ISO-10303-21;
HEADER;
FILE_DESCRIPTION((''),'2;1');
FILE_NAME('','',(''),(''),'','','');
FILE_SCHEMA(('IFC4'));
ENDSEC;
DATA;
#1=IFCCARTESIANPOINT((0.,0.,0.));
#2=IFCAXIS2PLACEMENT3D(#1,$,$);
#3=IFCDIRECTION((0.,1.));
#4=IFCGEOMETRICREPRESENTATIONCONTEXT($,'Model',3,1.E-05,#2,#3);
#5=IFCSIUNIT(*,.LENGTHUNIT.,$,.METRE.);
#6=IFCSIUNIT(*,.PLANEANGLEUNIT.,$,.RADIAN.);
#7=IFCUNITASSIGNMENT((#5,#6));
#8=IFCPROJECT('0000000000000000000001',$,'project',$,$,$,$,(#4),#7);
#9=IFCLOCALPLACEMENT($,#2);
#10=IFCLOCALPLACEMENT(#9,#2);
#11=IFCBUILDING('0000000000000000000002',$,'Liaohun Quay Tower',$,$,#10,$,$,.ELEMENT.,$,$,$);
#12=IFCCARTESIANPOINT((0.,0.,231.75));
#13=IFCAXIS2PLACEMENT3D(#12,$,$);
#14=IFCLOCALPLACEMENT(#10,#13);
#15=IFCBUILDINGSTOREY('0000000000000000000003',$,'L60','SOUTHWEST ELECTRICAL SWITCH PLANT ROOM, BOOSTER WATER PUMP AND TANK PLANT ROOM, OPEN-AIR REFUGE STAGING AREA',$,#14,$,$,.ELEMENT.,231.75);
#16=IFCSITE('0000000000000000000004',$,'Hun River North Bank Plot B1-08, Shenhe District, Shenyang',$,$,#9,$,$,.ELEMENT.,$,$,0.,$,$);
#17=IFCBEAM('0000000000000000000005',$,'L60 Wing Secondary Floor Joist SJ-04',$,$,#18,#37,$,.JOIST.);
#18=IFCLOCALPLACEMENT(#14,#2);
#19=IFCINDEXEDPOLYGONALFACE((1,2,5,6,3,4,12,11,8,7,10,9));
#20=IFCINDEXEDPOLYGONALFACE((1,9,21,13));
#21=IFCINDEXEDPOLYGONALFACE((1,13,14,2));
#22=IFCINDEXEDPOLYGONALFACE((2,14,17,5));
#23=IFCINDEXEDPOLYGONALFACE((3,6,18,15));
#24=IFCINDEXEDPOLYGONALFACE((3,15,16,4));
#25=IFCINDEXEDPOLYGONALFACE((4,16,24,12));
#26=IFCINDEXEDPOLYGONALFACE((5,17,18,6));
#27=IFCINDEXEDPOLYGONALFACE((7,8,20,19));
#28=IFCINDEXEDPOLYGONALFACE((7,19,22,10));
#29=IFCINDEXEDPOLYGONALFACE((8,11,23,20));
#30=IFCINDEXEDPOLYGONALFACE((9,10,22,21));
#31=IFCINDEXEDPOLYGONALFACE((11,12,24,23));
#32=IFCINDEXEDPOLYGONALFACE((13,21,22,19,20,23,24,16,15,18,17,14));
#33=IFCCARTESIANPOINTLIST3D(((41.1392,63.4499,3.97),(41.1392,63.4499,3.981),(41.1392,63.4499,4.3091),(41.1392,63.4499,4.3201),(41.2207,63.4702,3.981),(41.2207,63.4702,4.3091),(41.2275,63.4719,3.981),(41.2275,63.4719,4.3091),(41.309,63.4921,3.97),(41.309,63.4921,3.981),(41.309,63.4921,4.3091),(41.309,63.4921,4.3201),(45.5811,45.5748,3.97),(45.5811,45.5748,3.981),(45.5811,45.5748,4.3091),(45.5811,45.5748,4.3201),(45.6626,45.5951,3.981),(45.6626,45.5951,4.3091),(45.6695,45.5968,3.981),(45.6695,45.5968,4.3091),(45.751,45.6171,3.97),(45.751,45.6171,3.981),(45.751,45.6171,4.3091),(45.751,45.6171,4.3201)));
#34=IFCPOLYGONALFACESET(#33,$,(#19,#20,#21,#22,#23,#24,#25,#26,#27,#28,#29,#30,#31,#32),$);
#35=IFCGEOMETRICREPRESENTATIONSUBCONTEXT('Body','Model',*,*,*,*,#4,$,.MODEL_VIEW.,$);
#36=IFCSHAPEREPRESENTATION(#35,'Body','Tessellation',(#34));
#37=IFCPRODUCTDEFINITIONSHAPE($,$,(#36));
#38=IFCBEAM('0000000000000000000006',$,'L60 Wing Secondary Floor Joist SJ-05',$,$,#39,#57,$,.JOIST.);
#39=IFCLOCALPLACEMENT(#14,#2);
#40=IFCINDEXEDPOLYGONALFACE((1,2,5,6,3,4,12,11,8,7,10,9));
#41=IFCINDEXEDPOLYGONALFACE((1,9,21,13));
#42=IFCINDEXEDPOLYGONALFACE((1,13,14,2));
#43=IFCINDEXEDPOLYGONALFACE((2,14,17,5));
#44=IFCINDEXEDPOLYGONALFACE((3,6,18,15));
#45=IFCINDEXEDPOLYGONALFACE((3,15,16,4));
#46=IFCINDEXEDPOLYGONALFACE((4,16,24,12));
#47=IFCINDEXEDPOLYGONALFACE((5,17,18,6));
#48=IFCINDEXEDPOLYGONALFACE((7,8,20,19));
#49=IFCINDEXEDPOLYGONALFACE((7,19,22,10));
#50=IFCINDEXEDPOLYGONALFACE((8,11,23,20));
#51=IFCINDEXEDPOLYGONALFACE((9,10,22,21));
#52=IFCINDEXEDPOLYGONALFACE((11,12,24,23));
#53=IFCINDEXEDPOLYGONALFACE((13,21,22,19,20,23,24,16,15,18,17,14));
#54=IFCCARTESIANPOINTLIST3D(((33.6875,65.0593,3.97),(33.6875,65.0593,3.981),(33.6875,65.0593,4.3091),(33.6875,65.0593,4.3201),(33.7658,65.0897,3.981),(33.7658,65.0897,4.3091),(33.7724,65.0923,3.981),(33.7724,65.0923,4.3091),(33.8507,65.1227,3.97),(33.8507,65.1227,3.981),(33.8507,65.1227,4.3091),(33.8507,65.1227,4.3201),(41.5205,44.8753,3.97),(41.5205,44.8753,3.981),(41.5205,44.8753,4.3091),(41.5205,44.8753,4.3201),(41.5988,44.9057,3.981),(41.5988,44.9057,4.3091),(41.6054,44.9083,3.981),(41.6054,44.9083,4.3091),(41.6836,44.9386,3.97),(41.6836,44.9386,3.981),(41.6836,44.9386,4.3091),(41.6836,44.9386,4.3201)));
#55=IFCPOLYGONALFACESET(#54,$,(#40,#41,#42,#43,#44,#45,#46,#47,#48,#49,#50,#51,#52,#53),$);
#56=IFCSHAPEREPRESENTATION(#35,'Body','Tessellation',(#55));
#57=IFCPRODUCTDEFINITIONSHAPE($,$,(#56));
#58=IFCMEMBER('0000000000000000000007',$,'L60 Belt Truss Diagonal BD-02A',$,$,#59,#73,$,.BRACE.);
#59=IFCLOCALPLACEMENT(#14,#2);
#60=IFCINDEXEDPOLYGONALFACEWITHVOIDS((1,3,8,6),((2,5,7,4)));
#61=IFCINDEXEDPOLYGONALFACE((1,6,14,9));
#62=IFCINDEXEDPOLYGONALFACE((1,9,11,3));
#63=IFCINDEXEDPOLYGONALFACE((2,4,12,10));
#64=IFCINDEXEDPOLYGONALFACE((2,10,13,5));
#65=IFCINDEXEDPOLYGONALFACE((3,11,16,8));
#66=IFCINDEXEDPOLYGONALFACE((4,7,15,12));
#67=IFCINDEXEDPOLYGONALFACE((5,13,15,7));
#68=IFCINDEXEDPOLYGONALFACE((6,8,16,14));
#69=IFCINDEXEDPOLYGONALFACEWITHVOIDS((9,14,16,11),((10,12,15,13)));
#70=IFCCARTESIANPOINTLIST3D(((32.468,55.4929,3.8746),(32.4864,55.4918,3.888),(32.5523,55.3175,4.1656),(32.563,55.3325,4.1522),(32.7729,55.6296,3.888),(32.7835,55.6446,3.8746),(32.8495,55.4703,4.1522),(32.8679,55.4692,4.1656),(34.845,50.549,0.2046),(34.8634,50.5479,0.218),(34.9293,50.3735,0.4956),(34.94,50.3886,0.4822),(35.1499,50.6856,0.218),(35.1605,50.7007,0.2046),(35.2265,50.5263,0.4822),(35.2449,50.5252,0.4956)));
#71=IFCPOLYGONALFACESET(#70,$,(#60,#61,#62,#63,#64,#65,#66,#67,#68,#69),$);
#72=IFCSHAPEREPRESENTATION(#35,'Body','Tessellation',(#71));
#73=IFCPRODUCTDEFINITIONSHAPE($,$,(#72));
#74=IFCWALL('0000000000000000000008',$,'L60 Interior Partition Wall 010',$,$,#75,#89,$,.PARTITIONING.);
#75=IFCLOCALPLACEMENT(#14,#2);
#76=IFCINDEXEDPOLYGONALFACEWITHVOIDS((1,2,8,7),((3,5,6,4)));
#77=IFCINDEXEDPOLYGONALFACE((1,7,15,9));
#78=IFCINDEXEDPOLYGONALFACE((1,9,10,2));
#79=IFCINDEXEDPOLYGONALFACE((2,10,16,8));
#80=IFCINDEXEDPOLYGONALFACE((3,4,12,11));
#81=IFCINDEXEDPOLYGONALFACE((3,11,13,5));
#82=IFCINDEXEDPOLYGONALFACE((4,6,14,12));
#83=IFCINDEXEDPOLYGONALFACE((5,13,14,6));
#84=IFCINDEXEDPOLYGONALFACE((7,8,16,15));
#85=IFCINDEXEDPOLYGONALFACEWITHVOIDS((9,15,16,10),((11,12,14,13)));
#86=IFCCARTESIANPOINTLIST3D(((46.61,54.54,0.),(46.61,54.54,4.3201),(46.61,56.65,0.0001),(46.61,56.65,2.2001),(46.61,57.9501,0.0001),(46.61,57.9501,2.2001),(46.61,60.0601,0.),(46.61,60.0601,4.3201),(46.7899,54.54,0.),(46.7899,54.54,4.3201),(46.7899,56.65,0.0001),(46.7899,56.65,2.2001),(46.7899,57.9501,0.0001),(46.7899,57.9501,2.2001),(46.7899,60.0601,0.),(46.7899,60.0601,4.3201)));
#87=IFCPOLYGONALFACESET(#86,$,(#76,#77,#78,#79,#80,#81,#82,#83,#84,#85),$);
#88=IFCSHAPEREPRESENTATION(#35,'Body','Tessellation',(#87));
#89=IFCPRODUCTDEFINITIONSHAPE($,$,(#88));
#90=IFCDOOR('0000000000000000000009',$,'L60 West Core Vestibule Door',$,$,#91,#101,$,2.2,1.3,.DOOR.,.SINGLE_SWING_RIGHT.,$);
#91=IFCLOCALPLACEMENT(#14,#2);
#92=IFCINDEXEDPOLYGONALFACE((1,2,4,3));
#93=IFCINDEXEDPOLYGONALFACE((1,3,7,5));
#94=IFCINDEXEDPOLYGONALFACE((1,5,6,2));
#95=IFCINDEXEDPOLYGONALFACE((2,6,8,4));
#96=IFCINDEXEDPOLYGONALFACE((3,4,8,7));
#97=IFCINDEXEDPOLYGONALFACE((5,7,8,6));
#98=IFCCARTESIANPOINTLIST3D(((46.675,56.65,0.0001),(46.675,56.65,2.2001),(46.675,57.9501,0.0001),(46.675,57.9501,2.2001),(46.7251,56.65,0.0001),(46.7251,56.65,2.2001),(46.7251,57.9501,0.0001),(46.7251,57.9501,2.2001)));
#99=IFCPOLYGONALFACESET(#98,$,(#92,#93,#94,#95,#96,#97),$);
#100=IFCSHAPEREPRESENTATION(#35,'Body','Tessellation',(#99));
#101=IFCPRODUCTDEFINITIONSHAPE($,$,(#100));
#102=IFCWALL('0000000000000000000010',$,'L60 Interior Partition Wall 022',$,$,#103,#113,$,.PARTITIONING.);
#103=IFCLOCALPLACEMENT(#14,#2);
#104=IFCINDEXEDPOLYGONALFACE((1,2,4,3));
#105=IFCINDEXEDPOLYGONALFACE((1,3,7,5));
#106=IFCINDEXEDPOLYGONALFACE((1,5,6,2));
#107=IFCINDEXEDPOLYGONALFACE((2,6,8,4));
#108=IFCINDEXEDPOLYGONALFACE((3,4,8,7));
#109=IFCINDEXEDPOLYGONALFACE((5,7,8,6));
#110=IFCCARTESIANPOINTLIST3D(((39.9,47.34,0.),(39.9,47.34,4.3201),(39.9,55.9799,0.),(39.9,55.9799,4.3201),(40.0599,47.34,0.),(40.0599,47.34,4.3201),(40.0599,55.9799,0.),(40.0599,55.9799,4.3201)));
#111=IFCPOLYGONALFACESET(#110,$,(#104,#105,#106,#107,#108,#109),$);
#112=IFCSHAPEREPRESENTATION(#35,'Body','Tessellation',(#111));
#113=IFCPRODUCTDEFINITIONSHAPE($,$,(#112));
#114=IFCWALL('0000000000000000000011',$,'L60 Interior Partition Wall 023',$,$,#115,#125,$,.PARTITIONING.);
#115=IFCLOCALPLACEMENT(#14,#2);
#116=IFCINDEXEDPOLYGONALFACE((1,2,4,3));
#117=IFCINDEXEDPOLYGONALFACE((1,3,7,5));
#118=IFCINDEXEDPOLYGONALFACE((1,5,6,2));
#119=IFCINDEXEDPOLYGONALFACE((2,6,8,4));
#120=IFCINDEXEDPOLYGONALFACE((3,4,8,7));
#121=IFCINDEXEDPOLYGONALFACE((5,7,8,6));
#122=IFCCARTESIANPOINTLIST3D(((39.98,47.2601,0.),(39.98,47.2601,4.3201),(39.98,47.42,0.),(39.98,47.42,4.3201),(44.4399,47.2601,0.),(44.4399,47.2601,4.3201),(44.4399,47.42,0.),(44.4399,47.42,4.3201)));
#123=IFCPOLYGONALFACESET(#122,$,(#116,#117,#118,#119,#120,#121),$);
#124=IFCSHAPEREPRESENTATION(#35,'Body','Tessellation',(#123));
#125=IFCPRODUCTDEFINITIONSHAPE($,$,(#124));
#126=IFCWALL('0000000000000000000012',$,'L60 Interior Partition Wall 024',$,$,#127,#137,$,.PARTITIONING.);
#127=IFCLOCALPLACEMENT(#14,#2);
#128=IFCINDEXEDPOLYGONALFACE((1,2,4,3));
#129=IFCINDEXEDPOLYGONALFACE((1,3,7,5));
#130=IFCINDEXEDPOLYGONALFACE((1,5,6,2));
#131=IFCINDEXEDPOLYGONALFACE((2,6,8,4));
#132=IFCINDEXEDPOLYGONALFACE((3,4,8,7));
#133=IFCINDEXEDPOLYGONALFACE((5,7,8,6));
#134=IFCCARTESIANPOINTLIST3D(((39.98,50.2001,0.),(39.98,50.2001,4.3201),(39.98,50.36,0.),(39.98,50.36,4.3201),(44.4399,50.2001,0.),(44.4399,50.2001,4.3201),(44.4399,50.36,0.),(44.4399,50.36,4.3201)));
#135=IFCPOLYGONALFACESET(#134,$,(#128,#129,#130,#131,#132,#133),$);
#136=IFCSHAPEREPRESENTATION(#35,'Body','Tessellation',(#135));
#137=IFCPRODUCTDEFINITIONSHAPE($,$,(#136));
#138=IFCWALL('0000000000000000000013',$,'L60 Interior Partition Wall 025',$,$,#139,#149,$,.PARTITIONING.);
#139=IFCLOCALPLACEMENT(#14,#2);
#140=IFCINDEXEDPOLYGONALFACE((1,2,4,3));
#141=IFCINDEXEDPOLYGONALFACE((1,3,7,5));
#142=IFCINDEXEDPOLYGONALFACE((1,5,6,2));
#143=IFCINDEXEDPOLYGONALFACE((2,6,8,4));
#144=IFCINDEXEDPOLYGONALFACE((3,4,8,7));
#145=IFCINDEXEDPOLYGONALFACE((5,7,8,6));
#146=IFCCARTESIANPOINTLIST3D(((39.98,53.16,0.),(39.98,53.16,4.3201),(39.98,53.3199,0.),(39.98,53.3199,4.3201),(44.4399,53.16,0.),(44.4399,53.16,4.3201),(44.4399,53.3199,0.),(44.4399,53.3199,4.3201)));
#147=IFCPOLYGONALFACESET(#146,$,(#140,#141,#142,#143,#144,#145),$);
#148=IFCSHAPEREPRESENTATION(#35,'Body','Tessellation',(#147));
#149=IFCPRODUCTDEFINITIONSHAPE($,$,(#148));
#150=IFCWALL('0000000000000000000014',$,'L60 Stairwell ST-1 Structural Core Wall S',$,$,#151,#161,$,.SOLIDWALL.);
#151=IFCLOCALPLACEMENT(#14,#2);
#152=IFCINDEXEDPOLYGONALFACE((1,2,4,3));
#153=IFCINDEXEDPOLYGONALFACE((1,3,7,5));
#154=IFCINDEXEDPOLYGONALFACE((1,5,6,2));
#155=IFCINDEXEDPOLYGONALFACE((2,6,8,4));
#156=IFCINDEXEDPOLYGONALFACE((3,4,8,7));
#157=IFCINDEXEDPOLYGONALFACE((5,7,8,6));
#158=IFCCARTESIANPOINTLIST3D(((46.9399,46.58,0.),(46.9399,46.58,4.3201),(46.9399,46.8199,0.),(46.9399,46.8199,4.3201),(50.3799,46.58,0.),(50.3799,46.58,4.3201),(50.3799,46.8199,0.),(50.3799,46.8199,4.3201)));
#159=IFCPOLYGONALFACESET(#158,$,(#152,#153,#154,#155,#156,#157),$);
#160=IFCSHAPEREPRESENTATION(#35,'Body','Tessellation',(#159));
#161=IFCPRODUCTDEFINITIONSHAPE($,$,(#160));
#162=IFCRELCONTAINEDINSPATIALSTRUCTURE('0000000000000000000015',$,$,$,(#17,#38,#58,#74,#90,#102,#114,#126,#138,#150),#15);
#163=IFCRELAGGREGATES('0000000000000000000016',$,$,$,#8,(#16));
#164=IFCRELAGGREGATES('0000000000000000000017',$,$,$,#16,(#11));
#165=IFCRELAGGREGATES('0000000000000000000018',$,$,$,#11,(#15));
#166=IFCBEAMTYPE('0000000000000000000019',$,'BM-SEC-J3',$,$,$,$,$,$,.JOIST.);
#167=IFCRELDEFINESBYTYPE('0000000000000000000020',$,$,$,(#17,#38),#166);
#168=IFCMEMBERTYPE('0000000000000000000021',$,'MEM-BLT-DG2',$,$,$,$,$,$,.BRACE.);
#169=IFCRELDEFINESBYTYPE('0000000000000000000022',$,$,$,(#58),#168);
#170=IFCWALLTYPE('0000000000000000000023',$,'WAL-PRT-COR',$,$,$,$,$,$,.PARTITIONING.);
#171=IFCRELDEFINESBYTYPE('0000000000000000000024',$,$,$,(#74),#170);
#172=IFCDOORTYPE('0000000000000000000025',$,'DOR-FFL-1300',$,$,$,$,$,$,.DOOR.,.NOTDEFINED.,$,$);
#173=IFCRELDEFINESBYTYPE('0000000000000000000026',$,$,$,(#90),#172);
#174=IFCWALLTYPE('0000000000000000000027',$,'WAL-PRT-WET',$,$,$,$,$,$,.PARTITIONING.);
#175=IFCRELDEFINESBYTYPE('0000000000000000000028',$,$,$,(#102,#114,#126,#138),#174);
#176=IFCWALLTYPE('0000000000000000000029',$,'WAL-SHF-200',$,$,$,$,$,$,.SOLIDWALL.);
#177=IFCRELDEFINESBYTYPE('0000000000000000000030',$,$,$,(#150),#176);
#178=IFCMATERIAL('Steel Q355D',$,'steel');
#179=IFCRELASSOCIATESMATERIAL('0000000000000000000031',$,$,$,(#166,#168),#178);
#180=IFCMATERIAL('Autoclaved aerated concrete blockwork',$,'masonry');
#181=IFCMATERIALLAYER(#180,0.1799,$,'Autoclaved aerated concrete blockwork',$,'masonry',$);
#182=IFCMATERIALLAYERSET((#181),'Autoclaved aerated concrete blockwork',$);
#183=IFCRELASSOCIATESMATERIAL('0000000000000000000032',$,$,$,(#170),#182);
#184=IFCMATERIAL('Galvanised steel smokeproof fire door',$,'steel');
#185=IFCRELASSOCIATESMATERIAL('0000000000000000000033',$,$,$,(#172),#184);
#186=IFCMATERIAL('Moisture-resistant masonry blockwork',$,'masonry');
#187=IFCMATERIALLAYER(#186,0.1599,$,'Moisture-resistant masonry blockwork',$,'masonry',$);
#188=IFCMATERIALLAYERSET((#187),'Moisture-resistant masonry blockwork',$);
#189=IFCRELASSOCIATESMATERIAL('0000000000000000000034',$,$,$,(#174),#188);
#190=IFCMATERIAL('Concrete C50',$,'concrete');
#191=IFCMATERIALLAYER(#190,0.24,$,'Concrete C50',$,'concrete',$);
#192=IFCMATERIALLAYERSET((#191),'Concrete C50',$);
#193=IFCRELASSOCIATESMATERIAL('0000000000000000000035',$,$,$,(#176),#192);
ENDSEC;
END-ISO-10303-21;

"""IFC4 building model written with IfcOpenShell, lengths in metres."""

from ifc_helpers import new_model, si_unit, direction, frame, frame_2d, origin, origin_2d, place, context, subcontext, project, spatial, rectangle, hollow_rectangle, i_section, extrude, source, transform, mapped, material, layer, layer_set, material_profile, profile_set, type_object, element, fill, save


model = new_model("IFC4")

# Units and contexts
model_context = context("Model", 3, precision=1e-05, world=origin(), true_north=direction((0.0, 1.0)))
body_context = subcontext(model_context, "Body", "Model", "MODEL_VIEW")
ifc_project = project(units=[si_unit("LENGTHUNIT", "METRE"), si_unit("PLANEANGLEUNIT", "RADIAN")], contexts=[model_context])

# Site, building, storey
site_placement = place(None, origin())
site = spatial("IfcSite", under=ifc_project, at=site_placement, Name="Hun River North Bank Plot B1-08, Shenhe District, Shenyang", CompositionType="ELEMENT", RefElevation=0.0)
building_placement = place(site_placement, origin())
building = spatial("IfcBuilding", under=site, at=building_placement, Name="Liaohun Quay Tower", CompositionType="ELEMENT")
storey_placement = place(building_placement, frame((0.0, 0.0, 231.75)))
storey = spatial("IfcBuildingStorey", under=building, at=storey_placement, Name="L60", Description="SOUTHWEST ELECTRICAL SWITCH PLANT ROOM, BOOSTER WATER PUMP AND TANK PLANT ROOM, OPEN-AIR REFUGE STAGING AREA", CompositionType="ELEMENT", Elevation=231.75)

# Beams
ifc_material_1 = material(Name="Steel Q355D", Category="steel")
ifc_material_profile_1 = material_profile(ifc_material_1, i_section(OverallWidth=0.175, OverallDepth=0.3501, WebThickness=0.0071, FlangeThickness=0.011, at=origin_2d()), Name="HN350x175x7x11")
ifc_profile_set_1 = profile_set([ifc_material_profile_1], Name="Steel Q355D")
beam_type = type_object("IfcBeamType", Name="BM-SEC-J3", PredefinedType="JOIST", material=ifc_profile_set_1)
shared_shape_1 = source(origin(), body_context, "Body", "SweptSolid", [
    extrude(i_section(OverallWidth=0.175, OverallDepth=0.3501, WebThickness=0.0071, FlangeThickness=0.011, at=origin_2d()), origin(), (0.0, 0.0, 1.0), 18.4187),
])
beam_1_placement = place(storey_placement, frame((45.666, 45.5959, 4.145), z_axis=(-0.241163, 0.970485, 0.0), x_axis=(-0.970485, -0.241163, 0.0)))
element("IfcBeam", 1, at=beam_1_placement, inside=storey, type_object=beam_type, Name="L60 Wing Secondary Floor Joist SJ-04", PredefinedType="JOIST", context=body_context, shape_type="MappedRepresentation", body=[
    mapped(shared_shape_1, transform((0.0, 0.0, 0.0), x_axis=(1.0, 0.0, 0.0), y_axis=(0.0, 1.0, 0.0), z_axis=(0.0, 0.0, 1.0), scale=1.0)),
])
shared_shape_2 = source(origin(), body_context, "Body", "SweptSolid", [
    extrude(i_section(OverallWidth=0.175, OverallDepth=0.3501, WebThickness=0.0071, FlangeThickness=0.011, at=origin_2d()), origin(), (0.0, 0.0, 1.0), 21.6506),
])
beam_2_placement = place(storey_placement, frame((41.6021, 44.907, 4.145), z_axis=(-0.36179, 0.93226, 0.0), x_axis=(-0.93226, -0.36179, 0.0)))
element("IfcBeam", 2, at=beam_2_placement, inside=storey, type_object=beam_type, Name="L60 Wing Secondary Floor Joist SJ-05", PredefinedType="JOIST", context=body_context, shape_type="MappedRepresentation", body=[
    mapped(shared_shape_2, transform((0.0, 0.0, 0.0), x_axis=(1.0, 0.0, 0.0), y_axis=(0.0, 1.0, 0.0), z_axis=(0.0, 0.0, 1.0), scale=1.0)),
])

# Member
ifc_material_profile_2 = material_profile(ifc_material_1, hollow_rectangle(XDim=0.3501, YDim=0.3501, WallThickness=0.0161, at=origin_2d()), Name="SHS350x350x16")
ifc_profile_set_2 = profile_set([ifc_material_profile_2], Name="Steel Q355D")
member_type = type_object("IfcMemberType", Name="MEM-BLT-DG2", PredefinedType="BRACE", material=ifc_profile_set_2)
shared_shape_3 = source(origin(), body_context, "Body", "SweptSolid", [
    extrude(hollow_rectangle(XDim=0.3501, YDim=0.3501, WallThickness=0.0161, at=origin_2d()), origin(), (0.0, 0.0, 1.0), 6.6001),
])
member_placement = place(storey_placement, frame((35.0449, 50.5371, 0.3501), z_axis=(-0.360145, 0.749069, 0.55605), x_axis=(-0.901245, -0.43331, 0.0)))
element("IfcMember", 3, at=member_placement, inside=storey, type_object=member_type, Name="L60 Belt Truss Diagonal BD-02A", PredefinedType="BRACE", context=body_context, shape_type="MappedRepresentation", body=[
    mapped(shared_shape_3, transform((0.0, 0.0, 0.0), x_axis=(1.0, 0.0, 0.0), y_axis=(0.0, 1.0, 0.0), z_axis=(0.0, 0.0, 1.0), scale=1.0)),
])

# Wall, opening, door
ifc_material_2 = material(Name="Autoclaved aerated concrete blockwork", Category="masonry")
ifc_layer_1 = layer(ifc_material_2, 0.1799, Name="Autoclaved aerated concrete blockwork", Category="masonry")
ifc_layer_set_1 = layer_set([ifc_layer_1], Name="Autoclaved aerated concrete blockwork")
wall_type_1 = type_object("IfcWallType", Name="WAL-PRT-COR", PredefinedType="PARTITIONING", material=ifc_layer_set_1)
wall_1_placement = place(storey_placement, frame((46.7, 54.54, 0.0), z_axis=(0.0, 0.0, 1.0), x_axis=(0.0, 1.0, 0.0)))
wall_1 = element("IfcWall", 4, at=wall_1_placement, inside=storey, type_object=wall_type_1, Name="L60 Interior Partition Wall 010", PredefinedType="PARTITIONING", context=body_context, shape_type="SweptSolid", body=[
    extrude(rectangle(XDim=5.52, YDim=0.1799, at=frame_2d((2.76, 0.0))), origin(), (0.0, 0.0, 1.0), 4.3201),
])
shared_shape_4 = source(origin(), body_context, "Body", "SweptSolid", [
    extrude(rectangle(XDim=1.3, YDim=2.2, at=frame_2d((0.6499, 1.1001))), frame((0.0, 0.0999, 0.0), z_axis=(0.0, -1.0, 0.0), x_axis=(1.0, 0.0, 0.0)), (0.0, 0.0, 1.0), 0.2),
])
opening_1_placement = place(wall_1_placement, frame((2.1101, 0.0, 0.0)))
opening_1 = element("IfcOpeningElement", 5, at=opening_1_placement, cuts=wall_1, PredefinedType="OPENING", context=body_context, shape_type="MappedRepresentation", body=[
    mapped(shared_shape_4, transform((0.0, 0.0, 0.0), x_axis=(1.0, 0.0, 0.0), y_axis=(0.0, 1.0, 0.0), z_axis=(0.0, 0.0, 1.0), scale=1.0)),
])
ifc_material_3 = material(Name="Galvanised steel smokeproof fire door", Category="steel")
door_type_1 = type_object("IfcDoorType", Name="DOR-FFL-1300", OperationType="NOTDEFINED", PredefinedType="DOOR", material=ifc_material_3)
shared_shape_5 = source(origin(), body_context, "Body", "SweptSolid", [
    extrude(rectangle(XDim=1.3, YDim=2.2, at=frame_2d((0.6499, 1.1001))), frame((0.0, 0.0249, 0.0), z_axis=(0.0, -1.0, 0.0), x_axis=(1.0, 0.0, 0.0)), (0.0, 0.0, 1.0), 0.05),
])
door_1_placement = place(opening_1_placement, origin())
door_1 = element("IfcDoor", 6, at=door_1_placement, inside=storey, type_object=door_type_1, Name="L60 West Core Vestibule Door", OperationType="SINGLE_SWING_RIGHT", OverallHeight=2.2, OverallWidth=1.3, PredefinedType="DOOR", context=body_context, shape_type="MappedRepresentation", body=[
    mapped(shared_shape_5, transform((0.0, 0.0, 0.0), x_axis=(1.0, 0.0, 0.0), y_axis=(0.0, 1.0, 0.0), z_axis=(0.0, 0.0, 1.0), scale=1.0)),
])
fill(opening_1, door_1)
ifc_material_4 = material(Name="Moisture-resistant masonry blockwork", Category="masonry")
ifc_layer_2 = layer(ifc_material_4, 0.1599, Name="Moisture-resistant masonry blockwork", Category="masonry")
ifc_layer_set_2 = layer_set([ifc_layer_2], Name="Moisture-resistant masonry blockwork")
wall_type_2 = type_object("IfcWallType", Name="WAL-PRT-WET", PredefinedType="PARTITIONING", material=ifc_layer_set_2)

# Walls
wall_2_placement = place(storey_placement, frame((39.98, 47.3401, 0.0), z_axis=(0.0, 0.0, 1.0), x_axis=(0.0, 1.0, 0.0)))
element("IfcWall", 7, at=wall_2_placement, inside=storey, type_object=wall_type_2, Name="L60 Interior Partition Wall 022", PredefinedType="PARTITIONING", context=body_context, shape_type="SweptSolid", body=[
    extrude(rectangle(XDim=8.6399, YDim=0.1599, at=frame_2d((4.3198, 0.0))), origin(), (0.0, 0.0, 1.0), 4.3201),
])
for number, where, z_axis, x_axis, name in (
    (8, (39.98, 47.3401, 0.0), (0.0, 0.0, 1.0), (1.0, 0.0, 0.0), "L60 Interior Partition Wall 023"),
    (9, (39.98, 50.28, 0.0), (0.0, 0.0, 1.0), (1.0, 0.0, 0.0), "L60 Interior Partition Wall 024"),
    (10, (39.98, 53.24, 0.0), (0.0, 0.0, 1.0), (1.0, 0.0, 0.0), "L60 Interior Partition Wall 025"),
):
    element("IfcWall", number, at=place(storey_placement, frame(where, z_axis=z_axis, x_axis=x_axis)), inside=storey, type_object=wall_type_2, Name=name, PredefinedType="PARTITIONING", context=body_context, shape_type="SweptSolid", body=[
        extrude(rectangle(XDim=4.46, YDim=0.1599, at=frame_2d((2.23, 0.0))), origin(), (0.0, 0.0, 1.0), 4.3201),
    ])
ifc_material_5 = material(Name="Concrete C50", Category="concrete")
ifc_layer_3 = layer(ifc_material_5, 0.24, Name="Concrete C50", Category="concrete")
ifc_layer_set_3 = layer_set([ifc_layer_3], Name="Concrete C50")
wall_type_3 = type_object("IfcWallType", Name="WAL-SHF-200", PredefinedType="SOLIDWALL", material=ifc_layer_set_3)
wall_3_placement = place(storey_placement, frame((46.9399, 46.7, 0.0), z_axis=(0.0, 0.0, 1.0), x_axis=(1.0, 0.0, 0.0)))
element("IfcWall", 11, at=wall_3_placement, inside=storey, type_object=wall_type_3, Name="L60 Stairwell ST-1 Structural Core Wall S", PredefinedType="SOLIDWALL", context=body_context, shape_type="SweptSolid", body=[
    extrude(rectangle(XDim=3.4399, YDim=0.24, at=frame_2d((1.72, 0.0))), origin(), (0.0, 0.0, 1.0), 4.3201),
])

save(model, "model.ifc")
